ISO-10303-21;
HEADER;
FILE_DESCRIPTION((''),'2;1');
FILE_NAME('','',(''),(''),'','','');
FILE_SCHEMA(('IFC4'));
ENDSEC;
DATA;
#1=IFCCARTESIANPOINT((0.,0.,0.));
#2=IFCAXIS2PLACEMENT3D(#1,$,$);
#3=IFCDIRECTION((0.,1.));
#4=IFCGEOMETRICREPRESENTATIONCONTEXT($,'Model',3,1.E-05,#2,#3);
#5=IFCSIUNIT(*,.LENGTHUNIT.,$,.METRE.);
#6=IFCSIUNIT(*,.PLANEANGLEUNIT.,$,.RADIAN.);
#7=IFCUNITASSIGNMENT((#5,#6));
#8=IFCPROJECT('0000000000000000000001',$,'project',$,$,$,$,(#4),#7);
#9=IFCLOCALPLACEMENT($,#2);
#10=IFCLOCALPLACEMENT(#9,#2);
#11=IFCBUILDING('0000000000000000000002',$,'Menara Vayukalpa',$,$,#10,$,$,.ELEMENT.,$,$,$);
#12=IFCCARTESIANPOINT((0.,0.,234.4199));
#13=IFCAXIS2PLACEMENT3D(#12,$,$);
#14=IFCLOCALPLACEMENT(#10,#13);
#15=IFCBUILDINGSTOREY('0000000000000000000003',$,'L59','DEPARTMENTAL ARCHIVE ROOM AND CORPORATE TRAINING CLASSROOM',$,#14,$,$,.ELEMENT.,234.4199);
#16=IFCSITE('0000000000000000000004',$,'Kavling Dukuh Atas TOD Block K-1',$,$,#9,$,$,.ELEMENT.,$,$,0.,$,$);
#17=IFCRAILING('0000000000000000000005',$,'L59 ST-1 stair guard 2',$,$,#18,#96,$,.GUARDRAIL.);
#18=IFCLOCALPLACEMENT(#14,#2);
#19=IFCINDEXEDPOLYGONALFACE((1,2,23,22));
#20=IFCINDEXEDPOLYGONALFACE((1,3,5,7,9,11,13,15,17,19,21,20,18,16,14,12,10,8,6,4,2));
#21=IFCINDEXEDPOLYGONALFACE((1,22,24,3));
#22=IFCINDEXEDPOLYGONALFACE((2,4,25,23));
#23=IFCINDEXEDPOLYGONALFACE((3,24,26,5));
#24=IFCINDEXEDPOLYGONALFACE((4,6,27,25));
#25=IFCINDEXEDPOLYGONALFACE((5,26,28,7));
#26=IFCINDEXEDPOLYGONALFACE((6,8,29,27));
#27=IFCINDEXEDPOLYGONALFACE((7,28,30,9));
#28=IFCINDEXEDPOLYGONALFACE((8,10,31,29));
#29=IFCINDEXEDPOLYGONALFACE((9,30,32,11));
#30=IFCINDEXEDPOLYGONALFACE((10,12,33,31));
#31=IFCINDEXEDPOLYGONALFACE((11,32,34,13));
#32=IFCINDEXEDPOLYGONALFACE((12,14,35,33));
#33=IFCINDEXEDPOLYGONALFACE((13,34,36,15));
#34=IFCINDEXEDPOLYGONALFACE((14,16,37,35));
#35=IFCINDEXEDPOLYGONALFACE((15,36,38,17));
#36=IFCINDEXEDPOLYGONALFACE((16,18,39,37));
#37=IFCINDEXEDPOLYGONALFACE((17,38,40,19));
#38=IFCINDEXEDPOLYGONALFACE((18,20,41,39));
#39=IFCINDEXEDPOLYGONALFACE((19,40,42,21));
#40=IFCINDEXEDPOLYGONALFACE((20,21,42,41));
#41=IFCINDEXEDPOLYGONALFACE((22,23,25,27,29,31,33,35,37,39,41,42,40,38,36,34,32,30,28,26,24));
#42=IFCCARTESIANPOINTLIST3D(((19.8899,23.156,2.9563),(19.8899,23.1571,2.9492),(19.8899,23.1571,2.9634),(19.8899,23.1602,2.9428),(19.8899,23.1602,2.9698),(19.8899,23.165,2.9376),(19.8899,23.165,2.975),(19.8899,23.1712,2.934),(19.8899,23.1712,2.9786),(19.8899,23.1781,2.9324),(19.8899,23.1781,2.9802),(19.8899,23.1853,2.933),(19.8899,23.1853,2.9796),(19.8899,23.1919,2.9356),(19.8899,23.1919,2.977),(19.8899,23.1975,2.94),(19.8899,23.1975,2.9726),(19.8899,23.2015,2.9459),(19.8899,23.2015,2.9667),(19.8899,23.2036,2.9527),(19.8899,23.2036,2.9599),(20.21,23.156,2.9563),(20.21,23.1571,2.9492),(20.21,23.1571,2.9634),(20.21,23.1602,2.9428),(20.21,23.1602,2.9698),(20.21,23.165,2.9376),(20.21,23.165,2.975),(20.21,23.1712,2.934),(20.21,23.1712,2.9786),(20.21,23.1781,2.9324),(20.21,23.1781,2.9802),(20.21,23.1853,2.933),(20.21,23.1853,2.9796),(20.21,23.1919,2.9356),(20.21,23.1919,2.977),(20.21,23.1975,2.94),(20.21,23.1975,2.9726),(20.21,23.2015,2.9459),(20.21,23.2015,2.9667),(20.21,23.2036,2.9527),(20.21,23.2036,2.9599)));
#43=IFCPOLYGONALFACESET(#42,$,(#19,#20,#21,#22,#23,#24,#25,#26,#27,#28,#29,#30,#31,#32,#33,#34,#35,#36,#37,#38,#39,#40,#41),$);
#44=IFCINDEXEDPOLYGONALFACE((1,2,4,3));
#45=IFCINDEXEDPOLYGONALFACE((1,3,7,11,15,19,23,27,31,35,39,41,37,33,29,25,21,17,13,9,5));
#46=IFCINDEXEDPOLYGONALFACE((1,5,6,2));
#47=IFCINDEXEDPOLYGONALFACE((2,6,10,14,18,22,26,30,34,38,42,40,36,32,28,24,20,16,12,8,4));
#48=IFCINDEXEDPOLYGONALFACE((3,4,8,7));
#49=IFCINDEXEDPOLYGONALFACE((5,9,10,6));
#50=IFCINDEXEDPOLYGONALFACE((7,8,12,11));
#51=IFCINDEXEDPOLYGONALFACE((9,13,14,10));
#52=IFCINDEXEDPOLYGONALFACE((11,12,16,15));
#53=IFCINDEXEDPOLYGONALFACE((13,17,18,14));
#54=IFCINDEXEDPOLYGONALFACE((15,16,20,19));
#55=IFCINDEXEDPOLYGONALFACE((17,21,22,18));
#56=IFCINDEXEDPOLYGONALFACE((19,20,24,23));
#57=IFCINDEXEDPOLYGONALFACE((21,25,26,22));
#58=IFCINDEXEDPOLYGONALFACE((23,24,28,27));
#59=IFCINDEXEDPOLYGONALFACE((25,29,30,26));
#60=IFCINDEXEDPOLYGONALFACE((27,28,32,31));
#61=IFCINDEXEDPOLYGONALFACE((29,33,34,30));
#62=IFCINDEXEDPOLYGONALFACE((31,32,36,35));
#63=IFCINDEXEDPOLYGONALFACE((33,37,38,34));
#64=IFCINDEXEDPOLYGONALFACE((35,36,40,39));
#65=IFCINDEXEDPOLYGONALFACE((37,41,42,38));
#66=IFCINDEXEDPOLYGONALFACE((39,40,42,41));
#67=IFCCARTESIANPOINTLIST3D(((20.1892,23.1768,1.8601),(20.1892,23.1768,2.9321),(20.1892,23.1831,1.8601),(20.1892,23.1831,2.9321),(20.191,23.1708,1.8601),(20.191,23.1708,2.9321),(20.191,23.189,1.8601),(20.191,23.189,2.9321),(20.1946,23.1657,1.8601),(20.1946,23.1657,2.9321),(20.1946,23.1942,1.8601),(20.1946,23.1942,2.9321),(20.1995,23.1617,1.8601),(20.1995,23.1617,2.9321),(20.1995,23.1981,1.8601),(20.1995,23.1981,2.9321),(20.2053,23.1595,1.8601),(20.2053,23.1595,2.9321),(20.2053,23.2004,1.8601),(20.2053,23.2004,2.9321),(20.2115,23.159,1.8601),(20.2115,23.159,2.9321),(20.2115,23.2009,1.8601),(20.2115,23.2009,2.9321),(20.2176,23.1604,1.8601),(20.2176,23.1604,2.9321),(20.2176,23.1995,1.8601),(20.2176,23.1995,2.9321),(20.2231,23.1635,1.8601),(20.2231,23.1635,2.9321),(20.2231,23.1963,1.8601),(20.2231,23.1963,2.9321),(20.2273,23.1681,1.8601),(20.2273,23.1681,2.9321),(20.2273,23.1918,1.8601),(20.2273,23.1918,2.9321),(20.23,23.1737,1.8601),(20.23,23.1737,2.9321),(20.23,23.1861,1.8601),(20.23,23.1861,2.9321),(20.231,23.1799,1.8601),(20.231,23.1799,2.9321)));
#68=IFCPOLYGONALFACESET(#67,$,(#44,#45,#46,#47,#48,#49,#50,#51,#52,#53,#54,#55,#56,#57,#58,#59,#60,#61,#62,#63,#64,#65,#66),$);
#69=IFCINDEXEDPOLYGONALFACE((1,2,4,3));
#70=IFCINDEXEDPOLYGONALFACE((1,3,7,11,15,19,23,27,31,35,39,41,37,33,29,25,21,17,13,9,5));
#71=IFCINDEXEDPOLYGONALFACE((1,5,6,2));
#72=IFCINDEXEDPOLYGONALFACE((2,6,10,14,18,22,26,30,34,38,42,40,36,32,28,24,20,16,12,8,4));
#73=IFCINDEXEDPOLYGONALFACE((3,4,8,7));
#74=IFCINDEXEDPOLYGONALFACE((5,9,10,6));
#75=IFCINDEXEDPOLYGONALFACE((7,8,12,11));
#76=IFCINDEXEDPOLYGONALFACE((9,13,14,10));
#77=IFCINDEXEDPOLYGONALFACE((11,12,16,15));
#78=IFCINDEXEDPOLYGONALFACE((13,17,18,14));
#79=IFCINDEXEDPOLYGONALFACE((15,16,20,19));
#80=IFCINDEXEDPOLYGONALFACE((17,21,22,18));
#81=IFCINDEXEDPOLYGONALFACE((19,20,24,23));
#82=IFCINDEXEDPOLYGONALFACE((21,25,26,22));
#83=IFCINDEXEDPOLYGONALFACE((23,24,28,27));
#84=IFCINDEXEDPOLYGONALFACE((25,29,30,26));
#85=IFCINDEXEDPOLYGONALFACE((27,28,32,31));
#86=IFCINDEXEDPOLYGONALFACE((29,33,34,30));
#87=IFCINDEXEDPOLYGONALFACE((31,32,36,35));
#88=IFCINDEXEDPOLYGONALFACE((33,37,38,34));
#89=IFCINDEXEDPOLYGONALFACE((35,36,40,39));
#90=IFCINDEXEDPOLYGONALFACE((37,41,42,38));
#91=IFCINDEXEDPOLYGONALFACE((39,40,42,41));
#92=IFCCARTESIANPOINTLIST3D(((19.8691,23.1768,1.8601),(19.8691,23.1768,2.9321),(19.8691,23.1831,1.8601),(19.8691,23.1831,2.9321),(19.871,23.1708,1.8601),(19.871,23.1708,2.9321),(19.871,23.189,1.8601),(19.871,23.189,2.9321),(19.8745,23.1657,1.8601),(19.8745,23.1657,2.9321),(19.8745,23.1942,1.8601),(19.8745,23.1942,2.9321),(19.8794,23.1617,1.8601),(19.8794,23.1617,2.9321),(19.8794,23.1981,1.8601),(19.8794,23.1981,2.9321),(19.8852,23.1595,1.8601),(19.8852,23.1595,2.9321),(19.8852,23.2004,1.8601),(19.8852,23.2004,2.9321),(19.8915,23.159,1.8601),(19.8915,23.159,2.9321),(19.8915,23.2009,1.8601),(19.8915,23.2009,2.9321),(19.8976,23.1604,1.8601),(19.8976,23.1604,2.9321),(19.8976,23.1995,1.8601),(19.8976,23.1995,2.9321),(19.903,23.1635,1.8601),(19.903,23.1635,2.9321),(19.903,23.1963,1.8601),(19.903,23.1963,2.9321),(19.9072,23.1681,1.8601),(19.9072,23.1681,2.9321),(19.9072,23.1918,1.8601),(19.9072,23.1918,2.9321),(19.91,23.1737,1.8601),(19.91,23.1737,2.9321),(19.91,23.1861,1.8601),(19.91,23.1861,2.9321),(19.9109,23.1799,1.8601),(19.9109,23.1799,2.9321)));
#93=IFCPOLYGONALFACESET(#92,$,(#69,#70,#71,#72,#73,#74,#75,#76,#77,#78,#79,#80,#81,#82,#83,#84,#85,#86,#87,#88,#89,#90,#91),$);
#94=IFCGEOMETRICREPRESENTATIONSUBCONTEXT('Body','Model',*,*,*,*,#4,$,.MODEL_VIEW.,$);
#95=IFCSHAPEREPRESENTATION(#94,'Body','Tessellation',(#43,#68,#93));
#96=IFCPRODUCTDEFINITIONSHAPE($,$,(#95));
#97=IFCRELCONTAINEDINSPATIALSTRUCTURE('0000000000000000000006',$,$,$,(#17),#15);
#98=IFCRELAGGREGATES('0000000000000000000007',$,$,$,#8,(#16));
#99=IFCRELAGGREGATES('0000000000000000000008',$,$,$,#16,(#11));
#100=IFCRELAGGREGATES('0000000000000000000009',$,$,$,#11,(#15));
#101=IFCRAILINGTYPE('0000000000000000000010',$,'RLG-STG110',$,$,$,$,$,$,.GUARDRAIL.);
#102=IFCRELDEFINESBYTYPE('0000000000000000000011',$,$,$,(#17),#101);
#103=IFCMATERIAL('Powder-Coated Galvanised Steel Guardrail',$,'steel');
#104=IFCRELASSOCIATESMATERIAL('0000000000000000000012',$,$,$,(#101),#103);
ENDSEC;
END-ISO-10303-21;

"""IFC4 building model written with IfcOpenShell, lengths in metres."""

from ifc_helpers import new_model, si_unit, direction, frame, origin, origin_2d, place, context, subcontext, project, spatial, circle, extrude, material, type_object, element, save


model = new_model("IFC4")

# Units and contexts
model_context = context("Model", 3, precision=1e-05, world=origin(), true_north=direction((0.0, 1.0)))
body_context = subcontext(model_context, "Body", "Model", "MODEL_VIEW")
ifc_project = project(units=[si_unit("LENGTHUNIT", "METRE"), si_unit("PLANEANGLEUNIT", "RADIAN")], contexts=[model_context])

# Site, building, storey
site_placement = place(None, origin())
site = spatial("IfcSite", under=ifc_project, at=site_placement, Name="Kavling Dukuh Atas TOD Block K-1", CompositionType="ELEMENT", RefElevation=0.0)
building_placement = place(site_placement, origin())
building = spatial("IfcBuilding", under=site, at=building_placement, Name="Menara Vayukalpa", CompositionType="ELEMENT")
storey_placement = place(building_placement, frame((0.0, 0.0, 234.4199)))
storey = spatial("IfcBuildingStorey", under=building, at=storey_placement, Name="L59", Description="DEPARTMENTAL ARCHIVE ROOM AND CORPORATE TRAINING CLASSROOM", CompositionType="ELEMENT", Elevation=234.4199)

# Railing
ifc_material_1 = material(Name="Powder-Coated Galvanised Steel Guardrail", Category="steel")
railing_type_1 = type_object("IfcRailingType", Name="RLG-STG110", PredefinedType="GUARDRAIL", material=ifc_material_1)
railing_1_placement = place(storey_placement, frame((20.21, 23.1799, 1.8601)))
element("IfcRailing", 1, at=railing_1_placement, inside=storey, type_object=railing_type_1, Name="L59 ST-1 stair guard 2", PredefinedType="GUARDRAIL", context=body_context, shape_type="SweptSolid", body=[
    extrude(circle(Radius=0.0239, at=origin_2d()), frame((0.0, 0.0, 1.0962), z_axis=(-1.0, 0.0, 0.0), x_axis=(0.0, -1.0, 0.0)), (0.0, 0.0, 1.0), 0.3201),
    extrude(circle(Radius=0.021, at=origin_2d()), origin(), (0.0, 0.0, 1.0), 1.072),
    extrude(circle(Radius=0.021, at=origin_2d()), frame((-0.3201, 0.0, 0.0)), (0.0, 0.0, 1.0), 1.072),
])

save(model, "model.ifc")
